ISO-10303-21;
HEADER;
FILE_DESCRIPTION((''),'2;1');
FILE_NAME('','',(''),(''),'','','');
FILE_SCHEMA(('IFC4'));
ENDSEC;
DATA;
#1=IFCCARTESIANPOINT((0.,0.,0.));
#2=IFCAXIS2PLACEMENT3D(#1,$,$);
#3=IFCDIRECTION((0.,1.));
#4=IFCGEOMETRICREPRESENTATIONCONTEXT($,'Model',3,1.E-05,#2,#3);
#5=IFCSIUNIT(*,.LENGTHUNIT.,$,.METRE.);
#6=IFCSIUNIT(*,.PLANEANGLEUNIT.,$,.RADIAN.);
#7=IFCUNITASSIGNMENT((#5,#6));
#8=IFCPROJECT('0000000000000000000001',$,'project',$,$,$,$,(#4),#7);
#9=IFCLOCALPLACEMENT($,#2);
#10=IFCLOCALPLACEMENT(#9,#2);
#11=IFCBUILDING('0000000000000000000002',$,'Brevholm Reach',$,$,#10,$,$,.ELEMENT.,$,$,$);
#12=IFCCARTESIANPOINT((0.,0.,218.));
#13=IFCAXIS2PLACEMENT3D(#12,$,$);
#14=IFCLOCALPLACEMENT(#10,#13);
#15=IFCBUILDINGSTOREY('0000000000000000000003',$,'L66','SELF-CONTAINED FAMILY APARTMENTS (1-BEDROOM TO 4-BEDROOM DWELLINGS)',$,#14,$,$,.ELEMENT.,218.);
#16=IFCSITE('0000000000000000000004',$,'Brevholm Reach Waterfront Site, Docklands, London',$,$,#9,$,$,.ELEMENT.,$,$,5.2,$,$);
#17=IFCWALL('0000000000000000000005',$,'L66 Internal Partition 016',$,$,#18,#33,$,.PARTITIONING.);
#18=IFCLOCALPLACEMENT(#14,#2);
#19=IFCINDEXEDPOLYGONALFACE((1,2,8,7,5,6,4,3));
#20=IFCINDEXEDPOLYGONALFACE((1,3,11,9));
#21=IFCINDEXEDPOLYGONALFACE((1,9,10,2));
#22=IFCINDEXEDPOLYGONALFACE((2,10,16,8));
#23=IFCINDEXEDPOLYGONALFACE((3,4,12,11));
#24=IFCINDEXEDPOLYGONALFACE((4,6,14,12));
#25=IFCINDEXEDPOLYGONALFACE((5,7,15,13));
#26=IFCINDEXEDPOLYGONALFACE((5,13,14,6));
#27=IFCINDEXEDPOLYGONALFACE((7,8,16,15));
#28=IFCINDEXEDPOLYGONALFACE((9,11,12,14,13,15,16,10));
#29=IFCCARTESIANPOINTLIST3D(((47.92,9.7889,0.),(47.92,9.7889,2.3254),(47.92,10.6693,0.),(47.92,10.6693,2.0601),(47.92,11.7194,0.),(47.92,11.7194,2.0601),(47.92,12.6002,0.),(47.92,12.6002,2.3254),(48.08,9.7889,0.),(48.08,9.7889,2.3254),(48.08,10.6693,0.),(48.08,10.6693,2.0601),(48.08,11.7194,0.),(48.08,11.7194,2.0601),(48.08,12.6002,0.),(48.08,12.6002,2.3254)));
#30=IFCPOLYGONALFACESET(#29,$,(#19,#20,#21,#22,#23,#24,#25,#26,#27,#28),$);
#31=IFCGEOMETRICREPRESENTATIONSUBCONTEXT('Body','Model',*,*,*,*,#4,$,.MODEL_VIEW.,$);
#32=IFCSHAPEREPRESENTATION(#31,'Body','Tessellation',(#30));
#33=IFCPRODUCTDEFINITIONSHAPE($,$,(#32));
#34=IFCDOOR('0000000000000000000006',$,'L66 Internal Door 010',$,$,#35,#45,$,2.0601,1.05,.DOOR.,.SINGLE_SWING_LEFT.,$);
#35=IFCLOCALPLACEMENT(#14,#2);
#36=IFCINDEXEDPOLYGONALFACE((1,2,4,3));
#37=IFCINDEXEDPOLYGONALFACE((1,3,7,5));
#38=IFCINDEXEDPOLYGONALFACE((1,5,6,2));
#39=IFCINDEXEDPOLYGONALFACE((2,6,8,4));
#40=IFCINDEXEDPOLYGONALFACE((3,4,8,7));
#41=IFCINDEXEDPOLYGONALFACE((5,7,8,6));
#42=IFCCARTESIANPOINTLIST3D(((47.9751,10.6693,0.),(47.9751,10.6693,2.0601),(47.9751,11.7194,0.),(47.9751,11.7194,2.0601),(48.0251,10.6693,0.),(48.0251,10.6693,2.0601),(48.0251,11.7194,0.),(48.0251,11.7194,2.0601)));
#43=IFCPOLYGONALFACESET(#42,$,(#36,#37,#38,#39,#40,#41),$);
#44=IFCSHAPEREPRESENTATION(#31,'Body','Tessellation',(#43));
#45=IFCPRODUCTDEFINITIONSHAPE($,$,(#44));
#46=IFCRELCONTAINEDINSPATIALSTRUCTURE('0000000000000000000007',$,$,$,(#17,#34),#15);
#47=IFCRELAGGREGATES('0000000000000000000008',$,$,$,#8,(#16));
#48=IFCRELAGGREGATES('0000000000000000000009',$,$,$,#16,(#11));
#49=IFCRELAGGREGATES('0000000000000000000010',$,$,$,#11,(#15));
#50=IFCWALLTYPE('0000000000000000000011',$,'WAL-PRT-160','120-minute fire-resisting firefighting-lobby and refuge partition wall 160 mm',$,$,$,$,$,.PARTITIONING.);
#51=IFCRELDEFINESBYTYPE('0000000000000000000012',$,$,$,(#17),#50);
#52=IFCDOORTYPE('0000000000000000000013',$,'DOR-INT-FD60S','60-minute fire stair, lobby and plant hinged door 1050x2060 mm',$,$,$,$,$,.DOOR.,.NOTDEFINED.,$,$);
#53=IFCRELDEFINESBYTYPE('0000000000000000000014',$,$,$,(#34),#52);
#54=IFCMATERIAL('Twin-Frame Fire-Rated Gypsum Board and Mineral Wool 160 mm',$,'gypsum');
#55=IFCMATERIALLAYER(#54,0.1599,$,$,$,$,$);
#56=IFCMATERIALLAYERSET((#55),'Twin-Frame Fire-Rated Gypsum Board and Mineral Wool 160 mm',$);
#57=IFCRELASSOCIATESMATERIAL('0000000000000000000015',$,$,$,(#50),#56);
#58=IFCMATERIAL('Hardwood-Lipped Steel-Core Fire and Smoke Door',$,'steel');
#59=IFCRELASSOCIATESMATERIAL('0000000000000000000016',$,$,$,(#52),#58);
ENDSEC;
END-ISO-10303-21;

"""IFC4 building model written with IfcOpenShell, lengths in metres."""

from ifc_helpers import new_model, si_unit, direction, frame, frame_2d, origin, place, context, subcontext, project, spatial, rectangle, extrude, material, layer, layer_set, type_object, element, fill, save


model = new_model("IFC4")

# Units and contexts
model_context = context("Model", 3, precision=1e-05, world=origin(), true_north=direction((0.0, 1.0)))
body_context = subcontext(model_context, "Body", "Model", "MODEL_VIEW")
ifc_project = project(units=[si_unit("LENGTHUNIT", "METRE"), si_unit("PLANEANGLEUNIT", "RADIAN")], contexts=[model_context])

# Site, building, storey
site_placement = place(None, origin())
site = spatial("IfcSite", under=ifc_project, at=site_placement, Name="Brevholm Reach Waterfront Site, Docklands, London", CompositionType="ELEMENT", RefElevation=5.2)
building_placement = place(site_placement, origin())
building = spatial("IfcBuilding", under=site, at=building_placement, Name="Brevholm Reach", CompositionType="ELEMENT")
storey_placement = place(building_placement, frame((0.0, 0.0, 218.0)))
storey = spatial("IfcBuildingStorey", under=building, at=storey_placement, Name="L66", Description="SELF-CONTAINED FAMILY APARTMENTS (1-BEDROOM TO 4-BEDROOM DWELLINGS)", CompositionType="ELEMENT", Elevation=218.0)

# Wall, opening, door
ifc_material_1 = material(Name="Twin-Frame Fire-Rated Gypsum Board and Mineral Wool 160 mm", Category="gypsum")
ifc_layer_1 = layer(ifc_material_1, 0.1599)
ifc_layer_set_1 = layer_set([ifc_layer_1], Name="Twin-Frame Fire-Rated Gypsum Board and Mineral Wool 160 mm")
wall_type_1 = type_object("IfcWallType", Name="WAL-PRT-160", Description="120-minute fire-resisting firefighting-lobby and refuge partition wall 160 mm", PredefinedType="PARTITIONING", material=ifc_layer_set_1)
wall_1_placement = place(storey_placement, frame((48.0, 9.7888, 0.0), z_axis=(0.0, 0.0, 1.0), x_axis=(0.0, 1.0, 0.0)))
wall_1 = element("IfcWall", 1, at=wall_1_placement, inside=storey, type_object=wall_type_1, Name="L66 Internal Partition 016", PredefinedType="PARTITIONING", context=body_context, shape_type="SweptSolid", body=[
    extrude(rectangle(XDim=2.8113, YDim=0.1599, at=frame_2d((1.4058, 0.0))), origin(), (0.0, 0.0, 1.0), 2.3254),
])
opening_1_placement = place(wall_1_placement, frame((0.8806, 0.0, 0.0)))
opening_1 = element("IfcOpeningElement", 2, at=opening_1_placement, cuts=wall_1, PredefinedType="OPENING", context=body_context, shape_type="SweptSolid", body=[
    extrude(rectangle(XDim=1.05, YDim=2.0601, at=frame_2d((0.5249, 1.03))), frame((0.0, 0.0898, 0.0), z_axis=(0.0, -1.0, 0.0), x_axis=(1.0, 0.0, 0.0)), (0.0, 0.0, 1.0), 0.1799),
])
ifc_material_2 = material(Name="Hardwood-Lipped Steel-Core Fire and Smoke Door", Category="steel")
door_type_1 = type_object("IfcDoorType", Name="DOR-INT-FD60S", Description="60-minute fire stair, lobby and plant hinged door 1050x2060 mm", OperationType="NOTDEFINED", PredefinedType="DOOR", material=ifc_material_2)
door_1_placement = place(opening_1_placement, origin())
door_1 = element("IfcDoor", 3, at=door_1_placement, inside=storey, type_object=door_type_1, Name="L66 Internal Door 010", OperationType="SINGLE_SWING_LEFT", OverallHeight=2.0601, OverallWidth=1.05, PredefinedType="DOOR", context=body_context, shape_type="SweptSolid", body=[
    extrude(rectangle(XDim=1.05, YDim=2.0601, at=frame_2d((0.5249, 1.03))), frame((0.0, 0.0249, 0.0), z_axis=(0.0, -1.0, 0.0), x_axis=(1.0, 0.0, 0.0)), (0.0, 0.0, 1.0), 0.05),
])
fill(opening_1, door_1)

save(model, "model.ifc")
